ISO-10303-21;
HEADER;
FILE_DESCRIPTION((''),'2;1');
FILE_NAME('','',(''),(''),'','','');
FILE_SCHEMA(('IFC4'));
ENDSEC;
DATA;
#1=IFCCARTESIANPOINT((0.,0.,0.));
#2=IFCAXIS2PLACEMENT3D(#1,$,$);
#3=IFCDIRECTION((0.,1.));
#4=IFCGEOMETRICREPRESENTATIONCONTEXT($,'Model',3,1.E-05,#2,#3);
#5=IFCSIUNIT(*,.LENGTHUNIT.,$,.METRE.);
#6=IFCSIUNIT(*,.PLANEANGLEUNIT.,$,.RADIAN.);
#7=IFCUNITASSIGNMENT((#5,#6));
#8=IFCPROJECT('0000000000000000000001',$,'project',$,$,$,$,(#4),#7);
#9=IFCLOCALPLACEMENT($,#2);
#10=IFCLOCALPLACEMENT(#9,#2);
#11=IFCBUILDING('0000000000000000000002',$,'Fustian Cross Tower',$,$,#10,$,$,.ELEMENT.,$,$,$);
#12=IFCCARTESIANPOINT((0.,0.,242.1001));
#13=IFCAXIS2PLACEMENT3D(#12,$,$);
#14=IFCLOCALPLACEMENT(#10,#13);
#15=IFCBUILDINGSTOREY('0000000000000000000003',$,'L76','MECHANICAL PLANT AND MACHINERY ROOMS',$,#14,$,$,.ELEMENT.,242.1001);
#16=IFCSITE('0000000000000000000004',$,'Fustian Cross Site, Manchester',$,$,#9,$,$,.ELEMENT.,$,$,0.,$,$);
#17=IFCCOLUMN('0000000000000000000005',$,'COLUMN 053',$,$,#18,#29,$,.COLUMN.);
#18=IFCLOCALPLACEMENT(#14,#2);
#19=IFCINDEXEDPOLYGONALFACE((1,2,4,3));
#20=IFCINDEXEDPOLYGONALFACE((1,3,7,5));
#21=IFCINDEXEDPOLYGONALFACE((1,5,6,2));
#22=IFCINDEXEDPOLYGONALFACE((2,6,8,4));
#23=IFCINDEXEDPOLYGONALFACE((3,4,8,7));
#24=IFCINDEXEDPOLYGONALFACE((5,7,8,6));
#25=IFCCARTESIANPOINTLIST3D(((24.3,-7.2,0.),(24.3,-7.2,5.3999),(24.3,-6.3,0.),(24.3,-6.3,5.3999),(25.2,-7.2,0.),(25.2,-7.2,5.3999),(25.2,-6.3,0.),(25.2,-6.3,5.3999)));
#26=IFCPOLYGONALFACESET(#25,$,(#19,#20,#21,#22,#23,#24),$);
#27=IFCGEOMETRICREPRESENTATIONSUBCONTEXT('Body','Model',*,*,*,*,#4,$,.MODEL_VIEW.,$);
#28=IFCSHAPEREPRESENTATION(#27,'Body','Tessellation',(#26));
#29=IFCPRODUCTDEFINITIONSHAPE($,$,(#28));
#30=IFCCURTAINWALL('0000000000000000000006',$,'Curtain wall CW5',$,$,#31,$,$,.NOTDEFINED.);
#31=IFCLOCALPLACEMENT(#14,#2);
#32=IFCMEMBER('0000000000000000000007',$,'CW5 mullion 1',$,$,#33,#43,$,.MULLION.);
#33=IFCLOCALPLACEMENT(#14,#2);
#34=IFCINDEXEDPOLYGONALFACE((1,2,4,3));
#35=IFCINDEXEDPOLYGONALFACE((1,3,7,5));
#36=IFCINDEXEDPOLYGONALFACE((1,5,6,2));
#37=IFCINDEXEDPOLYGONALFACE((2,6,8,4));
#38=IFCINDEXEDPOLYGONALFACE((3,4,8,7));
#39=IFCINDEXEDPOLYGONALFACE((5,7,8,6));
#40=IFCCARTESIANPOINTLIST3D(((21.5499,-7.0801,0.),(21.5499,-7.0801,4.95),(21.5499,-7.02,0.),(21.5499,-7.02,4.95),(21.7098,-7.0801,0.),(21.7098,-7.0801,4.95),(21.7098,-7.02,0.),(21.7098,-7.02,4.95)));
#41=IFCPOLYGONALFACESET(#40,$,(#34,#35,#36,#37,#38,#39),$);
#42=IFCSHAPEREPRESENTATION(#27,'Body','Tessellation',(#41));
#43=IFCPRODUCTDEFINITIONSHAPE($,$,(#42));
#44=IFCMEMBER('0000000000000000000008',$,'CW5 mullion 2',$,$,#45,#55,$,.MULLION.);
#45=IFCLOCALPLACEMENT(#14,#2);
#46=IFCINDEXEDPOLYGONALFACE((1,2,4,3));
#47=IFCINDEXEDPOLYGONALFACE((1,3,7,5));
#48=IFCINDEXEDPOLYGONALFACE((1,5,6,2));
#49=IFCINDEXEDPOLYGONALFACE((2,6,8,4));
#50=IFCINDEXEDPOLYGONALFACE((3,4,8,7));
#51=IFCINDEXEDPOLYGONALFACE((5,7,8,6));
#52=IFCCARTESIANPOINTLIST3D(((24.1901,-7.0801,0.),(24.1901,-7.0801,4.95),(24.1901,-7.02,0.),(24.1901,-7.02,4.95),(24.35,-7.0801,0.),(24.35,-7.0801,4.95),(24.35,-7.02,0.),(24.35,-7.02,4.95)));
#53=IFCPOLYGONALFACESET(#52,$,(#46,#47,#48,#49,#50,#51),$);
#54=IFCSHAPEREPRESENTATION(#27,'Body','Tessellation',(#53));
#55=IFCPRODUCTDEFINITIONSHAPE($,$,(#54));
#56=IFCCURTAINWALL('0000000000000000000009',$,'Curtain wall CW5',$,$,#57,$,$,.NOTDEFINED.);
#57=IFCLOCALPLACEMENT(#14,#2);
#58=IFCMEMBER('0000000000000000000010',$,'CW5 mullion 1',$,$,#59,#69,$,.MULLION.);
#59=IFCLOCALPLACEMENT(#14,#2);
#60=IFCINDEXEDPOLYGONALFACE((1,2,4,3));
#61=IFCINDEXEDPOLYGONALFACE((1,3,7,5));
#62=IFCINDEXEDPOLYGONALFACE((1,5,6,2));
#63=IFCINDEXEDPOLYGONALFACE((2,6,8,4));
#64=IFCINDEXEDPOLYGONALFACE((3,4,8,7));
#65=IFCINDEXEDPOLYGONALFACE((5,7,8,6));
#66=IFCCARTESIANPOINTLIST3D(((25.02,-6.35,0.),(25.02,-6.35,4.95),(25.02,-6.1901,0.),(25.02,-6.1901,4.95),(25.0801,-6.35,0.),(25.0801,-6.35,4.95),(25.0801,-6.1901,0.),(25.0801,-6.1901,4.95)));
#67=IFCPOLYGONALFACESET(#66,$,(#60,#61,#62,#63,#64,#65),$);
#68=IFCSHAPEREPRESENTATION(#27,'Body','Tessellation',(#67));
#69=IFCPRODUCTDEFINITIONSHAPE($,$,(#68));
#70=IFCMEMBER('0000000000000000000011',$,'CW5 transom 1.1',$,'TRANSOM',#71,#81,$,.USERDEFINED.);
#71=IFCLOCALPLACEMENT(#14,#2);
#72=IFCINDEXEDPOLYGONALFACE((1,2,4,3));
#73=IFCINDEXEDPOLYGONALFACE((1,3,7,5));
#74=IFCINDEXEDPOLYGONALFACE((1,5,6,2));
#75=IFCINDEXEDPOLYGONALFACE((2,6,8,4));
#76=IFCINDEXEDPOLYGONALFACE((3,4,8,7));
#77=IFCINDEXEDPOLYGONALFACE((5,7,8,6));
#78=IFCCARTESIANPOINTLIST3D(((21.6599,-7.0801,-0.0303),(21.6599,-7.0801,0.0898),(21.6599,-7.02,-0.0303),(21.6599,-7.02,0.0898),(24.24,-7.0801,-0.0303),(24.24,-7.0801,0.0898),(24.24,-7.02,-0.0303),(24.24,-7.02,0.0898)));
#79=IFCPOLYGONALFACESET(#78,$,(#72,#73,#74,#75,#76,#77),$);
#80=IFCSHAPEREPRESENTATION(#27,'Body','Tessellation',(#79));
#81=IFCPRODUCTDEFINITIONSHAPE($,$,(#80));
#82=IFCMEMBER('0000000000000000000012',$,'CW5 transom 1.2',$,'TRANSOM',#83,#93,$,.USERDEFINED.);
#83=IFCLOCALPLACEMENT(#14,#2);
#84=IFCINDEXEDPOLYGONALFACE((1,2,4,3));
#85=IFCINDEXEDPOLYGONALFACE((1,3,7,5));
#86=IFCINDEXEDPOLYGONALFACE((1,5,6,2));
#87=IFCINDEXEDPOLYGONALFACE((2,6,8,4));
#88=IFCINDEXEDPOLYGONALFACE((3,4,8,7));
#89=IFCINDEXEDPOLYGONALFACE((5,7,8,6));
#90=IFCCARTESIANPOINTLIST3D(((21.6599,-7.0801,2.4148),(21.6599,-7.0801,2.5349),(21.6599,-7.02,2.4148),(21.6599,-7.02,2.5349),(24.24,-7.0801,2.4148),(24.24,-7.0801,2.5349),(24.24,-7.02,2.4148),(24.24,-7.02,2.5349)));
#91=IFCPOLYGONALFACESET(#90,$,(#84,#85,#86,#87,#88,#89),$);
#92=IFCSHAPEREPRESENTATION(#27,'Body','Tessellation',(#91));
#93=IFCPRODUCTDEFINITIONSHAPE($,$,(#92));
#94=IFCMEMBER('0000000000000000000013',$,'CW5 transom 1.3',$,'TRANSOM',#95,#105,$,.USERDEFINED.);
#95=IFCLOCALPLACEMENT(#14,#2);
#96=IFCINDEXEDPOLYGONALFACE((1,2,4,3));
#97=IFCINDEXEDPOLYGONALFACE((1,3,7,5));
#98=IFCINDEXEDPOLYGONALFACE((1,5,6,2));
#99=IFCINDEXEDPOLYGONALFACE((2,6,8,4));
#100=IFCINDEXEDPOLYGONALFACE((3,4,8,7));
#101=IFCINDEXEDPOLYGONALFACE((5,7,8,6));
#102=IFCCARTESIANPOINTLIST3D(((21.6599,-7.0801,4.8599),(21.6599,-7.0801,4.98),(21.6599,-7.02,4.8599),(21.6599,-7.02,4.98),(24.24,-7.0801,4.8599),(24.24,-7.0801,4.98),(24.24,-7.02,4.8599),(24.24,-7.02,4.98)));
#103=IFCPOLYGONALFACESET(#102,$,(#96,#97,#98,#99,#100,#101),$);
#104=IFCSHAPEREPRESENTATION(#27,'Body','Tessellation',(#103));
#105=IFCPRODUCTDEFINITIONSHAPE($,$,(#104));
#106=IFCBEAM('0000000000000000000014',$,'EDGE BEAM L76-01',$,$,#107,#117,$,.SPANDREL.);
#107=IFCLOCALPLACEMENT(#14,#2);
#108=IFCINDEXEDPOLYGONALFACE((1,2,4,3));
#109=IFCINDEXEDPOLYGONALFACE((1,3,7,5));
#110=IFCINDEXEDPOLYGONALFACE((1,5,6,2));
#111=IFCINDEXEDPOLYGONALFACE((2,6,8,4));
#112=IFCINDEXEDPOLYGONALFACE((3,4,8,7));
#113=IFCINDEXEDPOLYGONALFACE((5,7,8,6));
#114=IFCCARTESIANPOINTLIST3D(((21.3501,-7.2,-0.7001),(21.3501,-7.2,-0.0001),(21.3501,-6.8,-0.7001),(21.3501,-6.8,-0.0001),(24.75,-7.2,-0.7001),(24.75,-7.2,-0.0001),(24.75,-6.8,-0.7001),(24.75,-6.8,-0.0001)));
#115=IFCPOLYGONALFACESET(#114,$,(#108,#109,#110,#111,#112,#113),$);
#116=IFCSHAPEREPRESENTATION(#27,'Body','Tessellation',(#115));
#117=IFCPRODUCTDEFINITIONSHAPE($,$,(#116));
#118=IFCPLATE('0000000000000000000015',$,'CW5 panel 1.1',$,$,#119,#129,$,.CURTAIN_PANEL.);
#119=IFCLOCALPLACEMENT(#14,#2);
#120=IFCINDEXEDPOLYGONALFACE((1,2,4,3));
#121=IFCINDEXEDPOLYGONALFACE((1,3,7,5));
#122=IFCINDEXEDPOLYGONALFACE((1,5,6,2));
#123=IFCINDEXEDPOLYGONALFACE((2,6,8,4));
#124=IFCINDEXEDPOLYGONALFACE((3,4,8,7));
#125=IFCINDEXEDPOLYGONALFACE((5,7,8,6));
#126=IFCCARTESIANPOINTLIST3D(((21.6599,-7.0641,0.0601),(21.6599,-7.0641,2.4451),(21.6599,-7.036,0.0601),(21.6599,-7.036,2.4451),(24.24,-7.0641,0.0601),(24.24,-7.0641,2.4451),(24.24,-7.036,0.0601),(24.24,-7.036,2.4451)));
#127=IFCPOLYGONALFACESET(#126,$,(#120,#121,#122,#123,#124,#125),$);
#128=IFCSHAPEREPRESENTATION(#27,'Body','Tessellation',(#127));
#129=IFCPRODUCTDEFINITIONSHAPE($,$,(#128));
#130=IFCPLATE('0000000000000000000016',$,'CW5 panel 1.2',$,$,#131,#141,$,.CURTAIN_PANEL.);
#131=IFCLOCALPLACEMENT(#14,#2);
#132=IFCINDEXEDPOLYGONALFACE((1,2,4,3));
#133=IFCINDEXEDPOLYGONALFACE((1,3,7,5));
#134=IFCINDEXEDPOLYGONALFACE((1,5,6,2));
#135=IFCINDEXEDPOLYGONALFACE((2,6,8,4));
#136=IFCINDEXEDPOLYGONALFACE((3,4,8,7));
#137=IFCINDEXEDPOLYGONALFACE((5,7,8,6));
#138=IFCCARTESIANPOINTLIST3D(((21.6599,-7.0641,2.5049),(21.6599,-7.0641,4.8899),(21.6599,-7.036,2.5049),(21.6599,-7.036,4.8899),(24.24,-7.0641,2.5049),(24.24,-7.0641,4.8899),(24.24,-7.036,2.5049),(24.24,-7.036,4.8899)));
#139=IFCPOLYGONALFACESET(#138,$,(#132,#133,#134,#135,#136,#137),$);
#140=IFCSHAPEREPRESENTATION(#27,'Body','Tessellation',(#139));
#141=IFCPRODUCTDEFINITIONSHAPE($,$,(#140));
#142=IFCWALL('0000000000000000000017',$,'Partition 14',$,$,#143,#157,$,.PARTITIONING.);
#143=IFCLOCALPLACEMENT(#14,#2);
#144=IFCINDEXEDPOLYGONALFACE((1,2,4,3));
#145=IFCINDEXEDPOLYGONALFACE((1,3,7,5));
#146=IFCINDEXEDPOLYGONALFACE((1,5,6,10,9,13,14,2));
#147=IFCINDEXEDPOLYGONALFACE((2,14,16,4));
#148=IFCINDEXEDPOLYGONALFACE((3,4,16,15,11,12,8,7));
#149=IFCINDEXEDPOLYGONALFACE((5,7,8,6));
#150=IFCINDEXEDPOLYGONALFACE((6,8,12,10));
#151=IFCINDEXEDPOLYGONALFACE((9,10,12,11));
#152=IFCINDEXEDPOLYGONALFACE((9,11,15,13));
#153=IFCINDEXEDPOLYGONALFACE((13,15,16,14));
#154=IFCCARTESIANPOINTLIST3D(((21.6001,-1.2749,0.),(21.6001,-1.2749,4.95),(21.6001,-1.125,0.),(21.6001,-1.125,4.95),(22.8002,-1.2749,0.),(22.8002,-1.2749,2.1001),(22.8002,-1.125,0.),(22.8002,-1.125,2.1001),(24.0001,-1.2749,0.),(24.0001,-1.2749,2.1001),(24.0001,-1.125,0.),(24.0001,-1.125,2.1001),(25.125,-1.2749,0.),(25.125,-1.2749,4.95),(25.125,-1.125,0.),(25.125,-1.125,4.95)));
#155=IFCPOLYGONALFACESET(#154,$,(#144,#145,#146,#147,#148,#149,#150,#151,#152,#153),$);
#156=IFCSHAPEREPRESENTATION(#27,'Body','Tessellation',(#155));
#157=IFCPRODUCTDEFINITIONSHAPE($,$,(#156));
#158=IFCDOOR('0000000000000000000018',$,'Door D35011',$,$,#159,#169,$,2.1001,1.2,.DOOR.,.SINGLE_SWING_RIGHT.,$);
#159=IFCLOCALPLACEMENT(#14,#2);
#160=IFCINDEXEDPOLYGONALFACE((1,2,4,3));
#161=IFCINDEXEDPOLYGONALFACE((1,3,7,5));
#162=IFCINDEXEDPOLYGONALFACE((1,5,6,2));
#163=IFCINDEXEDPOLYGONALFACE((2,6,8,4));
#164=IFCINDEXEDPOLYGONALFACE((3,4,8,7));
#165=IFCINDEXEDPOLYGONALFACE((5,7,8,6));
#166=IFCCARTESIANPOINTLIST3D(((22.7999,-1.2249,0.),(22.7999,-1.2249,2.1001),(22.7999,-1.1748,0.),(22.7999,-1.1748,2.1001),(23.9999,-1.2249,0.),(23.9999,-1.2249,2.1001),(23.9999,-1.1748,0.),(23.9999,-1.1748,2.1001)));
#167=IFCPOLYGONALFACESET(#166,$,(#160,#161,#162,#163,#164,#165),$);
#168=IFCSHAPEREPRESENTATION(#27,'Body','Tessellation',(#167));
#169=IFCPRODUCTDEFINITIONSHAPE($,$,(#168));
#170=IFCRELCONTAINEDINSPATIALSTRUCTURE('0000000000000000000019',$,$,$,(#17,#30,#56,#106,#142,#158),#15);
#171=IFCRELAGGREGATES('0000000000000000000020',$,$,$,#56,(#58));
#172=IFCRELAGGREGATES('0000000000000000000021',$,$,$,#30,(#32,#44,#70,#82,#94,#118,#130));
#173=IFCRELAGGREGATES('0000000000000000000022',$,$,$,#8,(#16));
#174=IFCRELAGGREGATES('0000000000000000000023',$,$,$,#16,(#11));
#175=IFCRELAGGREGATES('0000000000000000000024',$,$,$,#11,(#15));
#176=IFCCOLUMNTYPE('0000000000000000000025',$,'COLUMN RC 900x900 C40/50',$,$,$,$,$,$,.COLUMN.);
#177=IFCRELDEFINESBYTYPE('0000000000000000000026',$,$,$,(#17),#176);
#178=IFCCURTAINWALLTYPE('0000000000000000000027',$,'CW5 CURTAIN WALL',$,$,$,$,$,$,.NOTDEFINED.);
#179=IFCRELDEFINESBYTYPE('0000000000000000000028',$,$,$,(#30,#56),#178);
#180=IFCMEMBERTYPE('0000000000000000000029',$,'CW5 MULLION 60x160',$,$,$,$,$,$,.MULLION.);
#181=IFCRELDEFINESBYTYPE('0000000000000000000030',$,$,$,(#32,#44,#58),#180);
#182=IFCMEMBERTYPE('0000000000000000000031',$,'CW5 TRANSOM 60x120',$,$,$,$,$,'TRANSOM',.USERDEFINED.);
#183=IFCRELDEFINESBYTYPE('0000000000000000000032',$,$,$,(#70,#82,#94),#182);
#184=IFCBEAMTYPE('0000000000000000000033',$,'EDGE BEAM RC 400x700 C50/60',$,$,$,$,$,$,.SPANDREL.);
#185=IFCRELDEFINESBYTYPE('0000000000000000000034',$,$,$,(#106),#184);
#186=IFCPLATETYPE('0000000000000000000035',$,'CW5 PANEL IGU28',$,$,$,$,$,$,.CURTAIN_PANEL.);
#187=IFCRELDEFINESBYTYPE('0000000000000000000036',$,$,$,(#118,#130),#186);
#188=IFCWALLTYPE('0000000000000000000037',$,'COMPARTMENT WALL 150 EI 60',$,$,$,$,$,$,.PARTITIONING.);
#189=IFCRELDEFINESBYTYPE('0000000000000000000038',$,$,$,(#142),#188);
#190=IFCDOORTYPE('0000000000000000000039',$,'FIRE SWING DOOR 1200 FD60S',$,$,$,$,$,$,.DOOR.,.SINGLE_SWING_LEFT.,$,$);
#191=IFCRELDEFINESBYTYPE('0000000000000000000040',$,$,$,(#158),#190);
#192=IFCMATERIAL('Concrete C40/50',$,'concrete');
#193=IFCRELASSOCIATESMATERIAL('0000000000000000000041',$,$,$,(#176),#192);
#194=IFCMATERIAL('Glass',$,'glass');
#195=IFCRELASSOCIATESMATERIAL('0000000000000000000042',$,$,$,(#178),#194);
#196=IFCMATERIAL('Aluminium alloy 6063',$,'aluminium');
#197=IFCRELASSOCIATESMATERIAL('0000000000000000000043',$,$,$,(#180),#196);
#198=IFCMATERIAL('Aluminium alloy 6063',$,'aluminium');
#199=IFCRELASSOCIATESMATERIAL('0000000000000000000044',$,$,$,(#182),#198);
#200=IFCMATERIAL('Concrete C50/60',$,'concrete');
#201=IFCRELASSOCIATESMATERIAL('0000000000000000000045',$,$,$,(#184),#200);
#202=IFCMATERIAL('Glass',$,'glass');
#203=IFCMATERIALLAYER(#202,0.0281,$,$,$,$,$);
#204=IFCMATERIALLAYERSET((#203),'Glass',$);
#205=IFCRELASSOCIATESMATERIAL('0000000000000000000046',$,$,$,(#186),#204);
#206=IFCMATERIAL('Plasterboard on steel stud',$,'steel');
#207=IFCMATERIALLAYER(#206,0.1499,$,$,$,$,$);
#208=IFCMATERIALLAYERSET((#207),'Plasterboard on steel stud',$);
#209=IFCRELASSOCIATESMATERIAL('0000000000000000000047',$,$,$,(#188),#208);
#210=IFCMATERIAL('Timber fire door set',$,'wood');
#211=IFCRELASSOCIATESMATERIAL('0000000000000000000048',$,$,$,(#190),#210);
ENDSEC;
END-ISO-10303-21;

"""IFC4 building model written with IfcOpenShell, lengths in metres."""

from ifc_helpers import new_model, si_unit, direction, frame, frame_2d, origin, origin_2d, place, context, subcontext, project, spatial, rectangle, extrude, material, layer, layer_set, material_profile, profile_set, type_object, element, fill, aggregate, save


model = new_model("IFC4")

# Units and contexts
model_context = context("Model", 3, precision=1e-05, world=origin(), true_north=direction((0.0, 1.0)))
body_context = subcontext(model_context, "Body", "Model", "MODEL_VIEW")
ifc_project = project(units=[si_unit("LENGTHUNIT", "METRE"), si_unit("PLANEANGLEUNIT", "RADIAN")], contexts=[model_context])

# Site, building, storey
site_placement = place(None, origin())
site = spatial("IfcSite", under=ifc_project, at=site_placement, Name="Fustian Cross Site, Manchester", CompositionType="ELEMENT", RefElevation=0.0)
building_placement = place(site_placement, origin())
building = spatial("IfcBuilding", under=site, at=building_placement, Name="Fustian Cross Tower", CompositionType="ELEMENT")
storey_placement = place(building_placement, frame((0.0, 0.0, 242.1001)))
storey = spatial("IfcBuildingStorey", under=building, at=storey_placement, Name="L76", Description="MECHANICAL PLANT AND MACHINERY ROOMS", CompositionType="ELEMENT", Elevation=242.1001)

# Column
ifc_material_1 = material(Name="Concrete C40/50", Category="concrete")
ifc_material_profile_1 = material_profile(ifc_material_1, rectangle(XDim=0.8999, YDim=0.8999, at=origin_2d()), Name="RC 900x900")
ifc_profile_set_1 = profile_set([ifc_material_profile_1], Name="Concrete C40/50")
column_type = type_object("IfcColumnType", Name="COLUMN RC 900x900 C40/50", PredefinedType="COLUMN", material=ifc_profile_set_1)
column_placement = place(storey_placement, frame((24.75, -6.75, 0.0), z_axis=(0.0, 0.0, 1.0), x_axis=(1.0, 0.0, 0.0)))
element("IfcColumn", 1, at=column_placement, inside=storey, type_object=column_type, Name="COLUMN 053", PredefinedType="COLUMN", context=body_context, shape_type="SweptSolid", body=[
    extrude(rectangle(XDim=0.8999, YDim=0.8999, at=origin_2d()), origin(), (0.0, 0.0, 1.0), 5.3999),
])

# Curtain wall, members
ifc_material_2 = material(Name="Glass", Category="glass")
curtain_wall_type = type_object("IfcCurtainWallType", Name="CW5 CURTAIN WALL", PredefinedType="NOTDEFINED", material=ifc_material_2)
curtain_wall_1_placement = place(storey_placement, origin())
curtain_wall_1 = element("IfcCurtainWall", 2, at=curtain_wall_1_placement, inside=storey, type_object=curtain_wall_type, Name="Curtain wall CW5", PredefinedType="NOTDEFINED")
ifc_material_3 = material(Name="Aluminium alloy 6063", Category="aluminium")
ifc_material_profile_2 = material_profile(ifc_material_3, rectangle(XDim=0.0601, YDim=0.1599, at=origin_2d()), Name="CW5 MULLION 60x160")
ifc_profile_set_2 = profile_set([ifc_material_profile_2], Name="Aluminium alloy 6063")
member_type_1 = type_object("IfcMemberType", Name="CW5 MULLION 60x160", PredefinedType="MULLION", material=ifc_profile_set_2)
member_1_placement = place(storey_placement, frame((21.6299, -7.05, 0.0), z_axis=(0.0, 0.0, 1.0), x_axis=(0.0, 1.0, 0.0)))
member_1 = element("IfcMember", 3, at=member_1_placement, type_object=member_type_1, Name="CW5 mullion 1", PredefinedType="MULLION", context=body_context, shape_type="SweptSolid", body=[
    extrude(rectangle(XDim=0.0601, YDim=0.1599, at=origin_2d()), origin(), (0.0, 0.0, 1.0), 4.95),
])
member_2_placement = place(storey_placement, frame((24.27, -7.05, 0.0), z_axis=(0.0, 0.0, 1.0), x_axis=(0.0, 1.0, 0.0)))
member_2 = element("IfcMember", 4, at=member_2_placement, type_object=member_type_1, Name="CW5 mullion 2", PredefinedType="MULLION", context=body_context, shape_type="SweptSolid", body=[
    extrude(rectangle(XDim=0.0601, YDim=0.1599, at=origin_2d()), origin(), (0.0, 0.0, 1.0), 4.95),
])

# Curtain wall, member
curtain_wall_2_placement = place(storey_placement, origin())
curtain_wall_2 = element("IfcCurtainWall", 5, at=curtain_wall_2_placement, inside=storey, type_object=curtain_wall_type, Name="Curtain wall CW5", PredefinedType="NOTDEFINED")
member_3_placement = place(storey_placement, frame((25.05, -6.27, 0.0), z_axis=(0.0, 0.0, 1.0), x_axis=(-1.0, 0.0, 0.0)))
member_3 = element("IfcMember", 6, at=member_3_placement, type_object=member_type_1, Name="CW5 mullion 1", PredefinedType="MULLION", context=body_context, shape_type="SweptSolid", body=[
    extrude(rectangle(XDim=0.0601, YDim=0.1599, at=origin_2d()), origin(), (0.0, 0.0, 1.0), 4.95),
])
aggregate(curtain_wall_2, [member_3])

# Members
ifc_material_4 = material(Name="Aluminium alloy 6063", Category="aluminium")
ifc_material_profile_3 = material_profile(ifc_material_4, rectangle(XDim=0.0601, YDim=0.1201, at=origin_2d()), Name="CW5 TRANSOM 60x120")
ifc_profile_set_3 = profile_set([ifc_material_profile_3], Name="Aluminium alloy 6063")
member_type_2 = type_object("IfcMemberType", Name="CW5 TRANSOM 60x120", ElementType="TRANSOM", PredefinedType="USERDEFINED", material=ifc_profile_set_3)
member_4_placement = place(storey_placement, frame((21.6599, -7.05, 0.0298), z_axis=(1.0, 0.0, 0.0), x_axis=(0.0, 1.0, 0.0)))
member_4 = element("IfcMember", 7, at=member_4_placement, type_object=member_type_2, Name="CW5 transom 1.1", ObjectType="TRANSOM", PredefinedType="USERDEFINED", context=body_context, shape_type="SweptSolid", body=[
    extrude(rectangle(XDim=0.0601, YDim=0.1201, at=origin_2d()), origin(), (0.0, 0.0, 1.0), 2.5801),
])
member_5_placement = place(storey_placement, frame((21.6599, -7.05, 2.4749), z_axis=(1.0, 0.0, 0.0), x_axis=(0.0, 1.0, 0.0)))
member_5 = element("IfcMember", 8, at=member_5_placement, type_object=member_type_2, Name="CW5 transom 1.2", ObjectType="TRANSOM", PredefinedType="USERDEFINED", context=body_context, shape_type="SweptSolid", body=[
    extrude(rectangle(XDim=0.0601, YDim=0.1201, at=origin_2d()), origin(), (0.0, 0.0, 1.0), 2.5801),
])
member_6_placement = place(storey_placement, frame((21.6599, -7.05, 4.9199), z_axis=(1.0, 0.0, 0.0), x_axis=(0.0, 1.0, 0.0)))
member_6 = element("IfcMember", 9, at=member_6_placement, type_object=member_type_2, Name="CW5 transom 1.3", ObjectType="TRANSOM", PredefinedType="USERDEFINED", context=body_context, shape_type="SweptSolid", body=[
    extrude(rectangle(XDim=0.0601, YDim=0.1201, at=origin_2d()), origin(), (0.0, 0.0, 1.0), 2.5801),
])

# Beam
ifc_material_5 = material(Name="Concrete C50/60", Category="concrete")
ifc_material_profile_4 = material_profile(ifc_material_5, rectangle(XDim=0.3999, YDim=0.7, at=origin_2d()), Name="RC 400x700")
ifc_profile_set_4 = profile_set([ifc_material_profile_4], Name="Concrete C50/60")
beam_type = type_object("IfcBeamType", Name="EDGE BEAM RC 400x700 C50/60", PredefinedType="SPANDREL", material=ifc_profile_set_4)
beam_placement = place(storey_placement, frame((21.3501, -7.0, -0.3501), z_axis=(1.0, 0.0, 0.0), x_axis=(0.0, 1.0, 0.0)))
element("IfcBeam", 10, at=beam_placement, inside=storey, type_object=beam_type, Name="EDGE BEAM L76-01", PredefinedType="SPANDREL", context=body_context, shape_type="SweptSolid", body=[
    extrude(rectangle(XDim=0.3999, YDim=0.7, at=origin_2d()), origin(), (0.0, 0.0, 1.0), 3.3999),
])

# Plates
ifc_material_6 = material(Name="Glass", Category="glass")
ifc_layer_1 = layer(ifc_material_6, 0.0281)
ifc_layer_set_1 = layer_set([ifc_layer_1], Name="Glass")
plate_type = type_object("IfcPlateType", Name="CW5 PANEL IGU28", PredefinedType="CURTAIN_PANEL", material=ifc_layer_set_1)
plate_1_placement = place(storey_placement, frame((22.95, -7.05, 0.0601), z_axis=(0.0, 0.0, 1.0), x_axis=(1.0, 0.0, 0.0)))
plate_1 = element("IfcPlate", 11, at=plate_1_placement, type_object=plate_type, Name="CW5 panel 1.1", PredefinedType="CURTAIN_PANEL", context=body_context, shape_type="SweptSolid", body=[
    extrude(rectangle(XDim=2.5801, YDim=0.0281, at=origin_2d()), origin(), (0.0, 0.0, 1.0), 2.385),
])
plate_2_placement = place(storey_placement, frame((22.95, -7.05, 2.5049), z_axis=(0.0, 0.0, 1.0), x_axis=(1.0, 0.0, 0.0)))
plate_2 = element("IfcPlate", 12, at=plate_2_placement, type_object=plate_type, Name="CW5 panel 1.2", PredefinedType="CURTAIN_PANEL", context=body_context, shape_type="SweptSolid", body=[
    extrude(rectangle(XDim=2.5801, YDim=0.0281, at=origin_2d()), origin(), (0.0, 0.0, 1.0), 2.385),
])
aggregate(curtain_wall_1, [member_1, member_2, member_4, member_5, member_6, plate_1, plate_2])

# Wall, opening, door
ifc_material_7 = material(Name="Plasterboard on steel stud", Category="steel")
ifc_layer_2 = layer(ifc_material_7, 0.1499)
ifc_layer_set_2 = layer_set([ifc_layer_2], Name="Plasterboard on steel stud")
wall_type_1 = type_object("IfcWallType", Name="COMPARTMENT WALL 150 EI 60", PredefinedType="PARTITIONING", material=ifc_layer_set_2)
wall_1_placement = place(storey_placement, frame((21.6001, -1.2, 0.0), z_axis=(0.0, 0.0, 1.0), x_axis=(1.0, 0.0, 0.0)))
wall_1 = element("IfcWall", 13, at=wall_1_placement, inside=storey, type_object=wall_type_1, Name="Partition 14", PredefinedType="PARTITIONING", context=body_context, shape_type="SweptSolid", body=[
    extrude(rectangle(XDim=3.5249, YDim=0.1499, at=frame_2d((1.7625, 0.0))), origin(), (0.0, 0.0, 1.0), 4.95),
])
opening_1_placement = place(wall_1_placement, frame((1.2, 0.0, 0.0)))
opening_1 = element("IfcOpeningElement", 14, at=opening_1_placement, cuts=wall_1, PredefinedType="OPENING", context=body_context, shape_type="SweptSolid", body=[
    extrude(rectangle(XDim=1.2, YDim=2.1001, at=frame_2d((0.6001, 1.05))), frame((0.0, 0.085, 0.0), z_axis=(0.0, -1.0, 0.0), x_axis=(1.0, 0.0, 0.0)), (0.0, 0.0, 1.0), 0.1699),
])
ifc_material_8 = material(Name="Timber fire door set", Category="wood")
door_type_1 = type_object("IfcDoorType", Name="FIRE SWING DOOR 1200 FD60S", OperationType="SINGLE_SWING_LEFT", PredefinedType="DOOR", material=ifc_material_8)
door_1_placement = place(opening_1_placement, frame((1.2, 0.0, 0.0), z_axis=(0.0, 0.0, 1.0), x_axis=(-1.0, 0.0, 0.0)))
door_1 = element("IfcDoor", 15, at=door_1_placement, inside=storey, type_object=door_type_1, Name="Door D35011", OperationType="SINGLE_SWING_RIGHT", OverallHeight=2.1001, OverallWidth=1.2, PredefinedType="DOOR", context=body_context, shape_type="SweptSolid", body=[
    extrude(rectangle(XDim=1.2, YDim=2.1001, at=frame_2d((0.6001, 1.05))), frame((0.0, 0.0249, 0.0), z_axis=(0.0, -1.0, 0.0), x_axis=(1.0, 0.0, 0.0)), (0.0, 0.0, 1.0), 0.05),
])
fill(opening_1, door_1)

save(model, "model.ifc")
